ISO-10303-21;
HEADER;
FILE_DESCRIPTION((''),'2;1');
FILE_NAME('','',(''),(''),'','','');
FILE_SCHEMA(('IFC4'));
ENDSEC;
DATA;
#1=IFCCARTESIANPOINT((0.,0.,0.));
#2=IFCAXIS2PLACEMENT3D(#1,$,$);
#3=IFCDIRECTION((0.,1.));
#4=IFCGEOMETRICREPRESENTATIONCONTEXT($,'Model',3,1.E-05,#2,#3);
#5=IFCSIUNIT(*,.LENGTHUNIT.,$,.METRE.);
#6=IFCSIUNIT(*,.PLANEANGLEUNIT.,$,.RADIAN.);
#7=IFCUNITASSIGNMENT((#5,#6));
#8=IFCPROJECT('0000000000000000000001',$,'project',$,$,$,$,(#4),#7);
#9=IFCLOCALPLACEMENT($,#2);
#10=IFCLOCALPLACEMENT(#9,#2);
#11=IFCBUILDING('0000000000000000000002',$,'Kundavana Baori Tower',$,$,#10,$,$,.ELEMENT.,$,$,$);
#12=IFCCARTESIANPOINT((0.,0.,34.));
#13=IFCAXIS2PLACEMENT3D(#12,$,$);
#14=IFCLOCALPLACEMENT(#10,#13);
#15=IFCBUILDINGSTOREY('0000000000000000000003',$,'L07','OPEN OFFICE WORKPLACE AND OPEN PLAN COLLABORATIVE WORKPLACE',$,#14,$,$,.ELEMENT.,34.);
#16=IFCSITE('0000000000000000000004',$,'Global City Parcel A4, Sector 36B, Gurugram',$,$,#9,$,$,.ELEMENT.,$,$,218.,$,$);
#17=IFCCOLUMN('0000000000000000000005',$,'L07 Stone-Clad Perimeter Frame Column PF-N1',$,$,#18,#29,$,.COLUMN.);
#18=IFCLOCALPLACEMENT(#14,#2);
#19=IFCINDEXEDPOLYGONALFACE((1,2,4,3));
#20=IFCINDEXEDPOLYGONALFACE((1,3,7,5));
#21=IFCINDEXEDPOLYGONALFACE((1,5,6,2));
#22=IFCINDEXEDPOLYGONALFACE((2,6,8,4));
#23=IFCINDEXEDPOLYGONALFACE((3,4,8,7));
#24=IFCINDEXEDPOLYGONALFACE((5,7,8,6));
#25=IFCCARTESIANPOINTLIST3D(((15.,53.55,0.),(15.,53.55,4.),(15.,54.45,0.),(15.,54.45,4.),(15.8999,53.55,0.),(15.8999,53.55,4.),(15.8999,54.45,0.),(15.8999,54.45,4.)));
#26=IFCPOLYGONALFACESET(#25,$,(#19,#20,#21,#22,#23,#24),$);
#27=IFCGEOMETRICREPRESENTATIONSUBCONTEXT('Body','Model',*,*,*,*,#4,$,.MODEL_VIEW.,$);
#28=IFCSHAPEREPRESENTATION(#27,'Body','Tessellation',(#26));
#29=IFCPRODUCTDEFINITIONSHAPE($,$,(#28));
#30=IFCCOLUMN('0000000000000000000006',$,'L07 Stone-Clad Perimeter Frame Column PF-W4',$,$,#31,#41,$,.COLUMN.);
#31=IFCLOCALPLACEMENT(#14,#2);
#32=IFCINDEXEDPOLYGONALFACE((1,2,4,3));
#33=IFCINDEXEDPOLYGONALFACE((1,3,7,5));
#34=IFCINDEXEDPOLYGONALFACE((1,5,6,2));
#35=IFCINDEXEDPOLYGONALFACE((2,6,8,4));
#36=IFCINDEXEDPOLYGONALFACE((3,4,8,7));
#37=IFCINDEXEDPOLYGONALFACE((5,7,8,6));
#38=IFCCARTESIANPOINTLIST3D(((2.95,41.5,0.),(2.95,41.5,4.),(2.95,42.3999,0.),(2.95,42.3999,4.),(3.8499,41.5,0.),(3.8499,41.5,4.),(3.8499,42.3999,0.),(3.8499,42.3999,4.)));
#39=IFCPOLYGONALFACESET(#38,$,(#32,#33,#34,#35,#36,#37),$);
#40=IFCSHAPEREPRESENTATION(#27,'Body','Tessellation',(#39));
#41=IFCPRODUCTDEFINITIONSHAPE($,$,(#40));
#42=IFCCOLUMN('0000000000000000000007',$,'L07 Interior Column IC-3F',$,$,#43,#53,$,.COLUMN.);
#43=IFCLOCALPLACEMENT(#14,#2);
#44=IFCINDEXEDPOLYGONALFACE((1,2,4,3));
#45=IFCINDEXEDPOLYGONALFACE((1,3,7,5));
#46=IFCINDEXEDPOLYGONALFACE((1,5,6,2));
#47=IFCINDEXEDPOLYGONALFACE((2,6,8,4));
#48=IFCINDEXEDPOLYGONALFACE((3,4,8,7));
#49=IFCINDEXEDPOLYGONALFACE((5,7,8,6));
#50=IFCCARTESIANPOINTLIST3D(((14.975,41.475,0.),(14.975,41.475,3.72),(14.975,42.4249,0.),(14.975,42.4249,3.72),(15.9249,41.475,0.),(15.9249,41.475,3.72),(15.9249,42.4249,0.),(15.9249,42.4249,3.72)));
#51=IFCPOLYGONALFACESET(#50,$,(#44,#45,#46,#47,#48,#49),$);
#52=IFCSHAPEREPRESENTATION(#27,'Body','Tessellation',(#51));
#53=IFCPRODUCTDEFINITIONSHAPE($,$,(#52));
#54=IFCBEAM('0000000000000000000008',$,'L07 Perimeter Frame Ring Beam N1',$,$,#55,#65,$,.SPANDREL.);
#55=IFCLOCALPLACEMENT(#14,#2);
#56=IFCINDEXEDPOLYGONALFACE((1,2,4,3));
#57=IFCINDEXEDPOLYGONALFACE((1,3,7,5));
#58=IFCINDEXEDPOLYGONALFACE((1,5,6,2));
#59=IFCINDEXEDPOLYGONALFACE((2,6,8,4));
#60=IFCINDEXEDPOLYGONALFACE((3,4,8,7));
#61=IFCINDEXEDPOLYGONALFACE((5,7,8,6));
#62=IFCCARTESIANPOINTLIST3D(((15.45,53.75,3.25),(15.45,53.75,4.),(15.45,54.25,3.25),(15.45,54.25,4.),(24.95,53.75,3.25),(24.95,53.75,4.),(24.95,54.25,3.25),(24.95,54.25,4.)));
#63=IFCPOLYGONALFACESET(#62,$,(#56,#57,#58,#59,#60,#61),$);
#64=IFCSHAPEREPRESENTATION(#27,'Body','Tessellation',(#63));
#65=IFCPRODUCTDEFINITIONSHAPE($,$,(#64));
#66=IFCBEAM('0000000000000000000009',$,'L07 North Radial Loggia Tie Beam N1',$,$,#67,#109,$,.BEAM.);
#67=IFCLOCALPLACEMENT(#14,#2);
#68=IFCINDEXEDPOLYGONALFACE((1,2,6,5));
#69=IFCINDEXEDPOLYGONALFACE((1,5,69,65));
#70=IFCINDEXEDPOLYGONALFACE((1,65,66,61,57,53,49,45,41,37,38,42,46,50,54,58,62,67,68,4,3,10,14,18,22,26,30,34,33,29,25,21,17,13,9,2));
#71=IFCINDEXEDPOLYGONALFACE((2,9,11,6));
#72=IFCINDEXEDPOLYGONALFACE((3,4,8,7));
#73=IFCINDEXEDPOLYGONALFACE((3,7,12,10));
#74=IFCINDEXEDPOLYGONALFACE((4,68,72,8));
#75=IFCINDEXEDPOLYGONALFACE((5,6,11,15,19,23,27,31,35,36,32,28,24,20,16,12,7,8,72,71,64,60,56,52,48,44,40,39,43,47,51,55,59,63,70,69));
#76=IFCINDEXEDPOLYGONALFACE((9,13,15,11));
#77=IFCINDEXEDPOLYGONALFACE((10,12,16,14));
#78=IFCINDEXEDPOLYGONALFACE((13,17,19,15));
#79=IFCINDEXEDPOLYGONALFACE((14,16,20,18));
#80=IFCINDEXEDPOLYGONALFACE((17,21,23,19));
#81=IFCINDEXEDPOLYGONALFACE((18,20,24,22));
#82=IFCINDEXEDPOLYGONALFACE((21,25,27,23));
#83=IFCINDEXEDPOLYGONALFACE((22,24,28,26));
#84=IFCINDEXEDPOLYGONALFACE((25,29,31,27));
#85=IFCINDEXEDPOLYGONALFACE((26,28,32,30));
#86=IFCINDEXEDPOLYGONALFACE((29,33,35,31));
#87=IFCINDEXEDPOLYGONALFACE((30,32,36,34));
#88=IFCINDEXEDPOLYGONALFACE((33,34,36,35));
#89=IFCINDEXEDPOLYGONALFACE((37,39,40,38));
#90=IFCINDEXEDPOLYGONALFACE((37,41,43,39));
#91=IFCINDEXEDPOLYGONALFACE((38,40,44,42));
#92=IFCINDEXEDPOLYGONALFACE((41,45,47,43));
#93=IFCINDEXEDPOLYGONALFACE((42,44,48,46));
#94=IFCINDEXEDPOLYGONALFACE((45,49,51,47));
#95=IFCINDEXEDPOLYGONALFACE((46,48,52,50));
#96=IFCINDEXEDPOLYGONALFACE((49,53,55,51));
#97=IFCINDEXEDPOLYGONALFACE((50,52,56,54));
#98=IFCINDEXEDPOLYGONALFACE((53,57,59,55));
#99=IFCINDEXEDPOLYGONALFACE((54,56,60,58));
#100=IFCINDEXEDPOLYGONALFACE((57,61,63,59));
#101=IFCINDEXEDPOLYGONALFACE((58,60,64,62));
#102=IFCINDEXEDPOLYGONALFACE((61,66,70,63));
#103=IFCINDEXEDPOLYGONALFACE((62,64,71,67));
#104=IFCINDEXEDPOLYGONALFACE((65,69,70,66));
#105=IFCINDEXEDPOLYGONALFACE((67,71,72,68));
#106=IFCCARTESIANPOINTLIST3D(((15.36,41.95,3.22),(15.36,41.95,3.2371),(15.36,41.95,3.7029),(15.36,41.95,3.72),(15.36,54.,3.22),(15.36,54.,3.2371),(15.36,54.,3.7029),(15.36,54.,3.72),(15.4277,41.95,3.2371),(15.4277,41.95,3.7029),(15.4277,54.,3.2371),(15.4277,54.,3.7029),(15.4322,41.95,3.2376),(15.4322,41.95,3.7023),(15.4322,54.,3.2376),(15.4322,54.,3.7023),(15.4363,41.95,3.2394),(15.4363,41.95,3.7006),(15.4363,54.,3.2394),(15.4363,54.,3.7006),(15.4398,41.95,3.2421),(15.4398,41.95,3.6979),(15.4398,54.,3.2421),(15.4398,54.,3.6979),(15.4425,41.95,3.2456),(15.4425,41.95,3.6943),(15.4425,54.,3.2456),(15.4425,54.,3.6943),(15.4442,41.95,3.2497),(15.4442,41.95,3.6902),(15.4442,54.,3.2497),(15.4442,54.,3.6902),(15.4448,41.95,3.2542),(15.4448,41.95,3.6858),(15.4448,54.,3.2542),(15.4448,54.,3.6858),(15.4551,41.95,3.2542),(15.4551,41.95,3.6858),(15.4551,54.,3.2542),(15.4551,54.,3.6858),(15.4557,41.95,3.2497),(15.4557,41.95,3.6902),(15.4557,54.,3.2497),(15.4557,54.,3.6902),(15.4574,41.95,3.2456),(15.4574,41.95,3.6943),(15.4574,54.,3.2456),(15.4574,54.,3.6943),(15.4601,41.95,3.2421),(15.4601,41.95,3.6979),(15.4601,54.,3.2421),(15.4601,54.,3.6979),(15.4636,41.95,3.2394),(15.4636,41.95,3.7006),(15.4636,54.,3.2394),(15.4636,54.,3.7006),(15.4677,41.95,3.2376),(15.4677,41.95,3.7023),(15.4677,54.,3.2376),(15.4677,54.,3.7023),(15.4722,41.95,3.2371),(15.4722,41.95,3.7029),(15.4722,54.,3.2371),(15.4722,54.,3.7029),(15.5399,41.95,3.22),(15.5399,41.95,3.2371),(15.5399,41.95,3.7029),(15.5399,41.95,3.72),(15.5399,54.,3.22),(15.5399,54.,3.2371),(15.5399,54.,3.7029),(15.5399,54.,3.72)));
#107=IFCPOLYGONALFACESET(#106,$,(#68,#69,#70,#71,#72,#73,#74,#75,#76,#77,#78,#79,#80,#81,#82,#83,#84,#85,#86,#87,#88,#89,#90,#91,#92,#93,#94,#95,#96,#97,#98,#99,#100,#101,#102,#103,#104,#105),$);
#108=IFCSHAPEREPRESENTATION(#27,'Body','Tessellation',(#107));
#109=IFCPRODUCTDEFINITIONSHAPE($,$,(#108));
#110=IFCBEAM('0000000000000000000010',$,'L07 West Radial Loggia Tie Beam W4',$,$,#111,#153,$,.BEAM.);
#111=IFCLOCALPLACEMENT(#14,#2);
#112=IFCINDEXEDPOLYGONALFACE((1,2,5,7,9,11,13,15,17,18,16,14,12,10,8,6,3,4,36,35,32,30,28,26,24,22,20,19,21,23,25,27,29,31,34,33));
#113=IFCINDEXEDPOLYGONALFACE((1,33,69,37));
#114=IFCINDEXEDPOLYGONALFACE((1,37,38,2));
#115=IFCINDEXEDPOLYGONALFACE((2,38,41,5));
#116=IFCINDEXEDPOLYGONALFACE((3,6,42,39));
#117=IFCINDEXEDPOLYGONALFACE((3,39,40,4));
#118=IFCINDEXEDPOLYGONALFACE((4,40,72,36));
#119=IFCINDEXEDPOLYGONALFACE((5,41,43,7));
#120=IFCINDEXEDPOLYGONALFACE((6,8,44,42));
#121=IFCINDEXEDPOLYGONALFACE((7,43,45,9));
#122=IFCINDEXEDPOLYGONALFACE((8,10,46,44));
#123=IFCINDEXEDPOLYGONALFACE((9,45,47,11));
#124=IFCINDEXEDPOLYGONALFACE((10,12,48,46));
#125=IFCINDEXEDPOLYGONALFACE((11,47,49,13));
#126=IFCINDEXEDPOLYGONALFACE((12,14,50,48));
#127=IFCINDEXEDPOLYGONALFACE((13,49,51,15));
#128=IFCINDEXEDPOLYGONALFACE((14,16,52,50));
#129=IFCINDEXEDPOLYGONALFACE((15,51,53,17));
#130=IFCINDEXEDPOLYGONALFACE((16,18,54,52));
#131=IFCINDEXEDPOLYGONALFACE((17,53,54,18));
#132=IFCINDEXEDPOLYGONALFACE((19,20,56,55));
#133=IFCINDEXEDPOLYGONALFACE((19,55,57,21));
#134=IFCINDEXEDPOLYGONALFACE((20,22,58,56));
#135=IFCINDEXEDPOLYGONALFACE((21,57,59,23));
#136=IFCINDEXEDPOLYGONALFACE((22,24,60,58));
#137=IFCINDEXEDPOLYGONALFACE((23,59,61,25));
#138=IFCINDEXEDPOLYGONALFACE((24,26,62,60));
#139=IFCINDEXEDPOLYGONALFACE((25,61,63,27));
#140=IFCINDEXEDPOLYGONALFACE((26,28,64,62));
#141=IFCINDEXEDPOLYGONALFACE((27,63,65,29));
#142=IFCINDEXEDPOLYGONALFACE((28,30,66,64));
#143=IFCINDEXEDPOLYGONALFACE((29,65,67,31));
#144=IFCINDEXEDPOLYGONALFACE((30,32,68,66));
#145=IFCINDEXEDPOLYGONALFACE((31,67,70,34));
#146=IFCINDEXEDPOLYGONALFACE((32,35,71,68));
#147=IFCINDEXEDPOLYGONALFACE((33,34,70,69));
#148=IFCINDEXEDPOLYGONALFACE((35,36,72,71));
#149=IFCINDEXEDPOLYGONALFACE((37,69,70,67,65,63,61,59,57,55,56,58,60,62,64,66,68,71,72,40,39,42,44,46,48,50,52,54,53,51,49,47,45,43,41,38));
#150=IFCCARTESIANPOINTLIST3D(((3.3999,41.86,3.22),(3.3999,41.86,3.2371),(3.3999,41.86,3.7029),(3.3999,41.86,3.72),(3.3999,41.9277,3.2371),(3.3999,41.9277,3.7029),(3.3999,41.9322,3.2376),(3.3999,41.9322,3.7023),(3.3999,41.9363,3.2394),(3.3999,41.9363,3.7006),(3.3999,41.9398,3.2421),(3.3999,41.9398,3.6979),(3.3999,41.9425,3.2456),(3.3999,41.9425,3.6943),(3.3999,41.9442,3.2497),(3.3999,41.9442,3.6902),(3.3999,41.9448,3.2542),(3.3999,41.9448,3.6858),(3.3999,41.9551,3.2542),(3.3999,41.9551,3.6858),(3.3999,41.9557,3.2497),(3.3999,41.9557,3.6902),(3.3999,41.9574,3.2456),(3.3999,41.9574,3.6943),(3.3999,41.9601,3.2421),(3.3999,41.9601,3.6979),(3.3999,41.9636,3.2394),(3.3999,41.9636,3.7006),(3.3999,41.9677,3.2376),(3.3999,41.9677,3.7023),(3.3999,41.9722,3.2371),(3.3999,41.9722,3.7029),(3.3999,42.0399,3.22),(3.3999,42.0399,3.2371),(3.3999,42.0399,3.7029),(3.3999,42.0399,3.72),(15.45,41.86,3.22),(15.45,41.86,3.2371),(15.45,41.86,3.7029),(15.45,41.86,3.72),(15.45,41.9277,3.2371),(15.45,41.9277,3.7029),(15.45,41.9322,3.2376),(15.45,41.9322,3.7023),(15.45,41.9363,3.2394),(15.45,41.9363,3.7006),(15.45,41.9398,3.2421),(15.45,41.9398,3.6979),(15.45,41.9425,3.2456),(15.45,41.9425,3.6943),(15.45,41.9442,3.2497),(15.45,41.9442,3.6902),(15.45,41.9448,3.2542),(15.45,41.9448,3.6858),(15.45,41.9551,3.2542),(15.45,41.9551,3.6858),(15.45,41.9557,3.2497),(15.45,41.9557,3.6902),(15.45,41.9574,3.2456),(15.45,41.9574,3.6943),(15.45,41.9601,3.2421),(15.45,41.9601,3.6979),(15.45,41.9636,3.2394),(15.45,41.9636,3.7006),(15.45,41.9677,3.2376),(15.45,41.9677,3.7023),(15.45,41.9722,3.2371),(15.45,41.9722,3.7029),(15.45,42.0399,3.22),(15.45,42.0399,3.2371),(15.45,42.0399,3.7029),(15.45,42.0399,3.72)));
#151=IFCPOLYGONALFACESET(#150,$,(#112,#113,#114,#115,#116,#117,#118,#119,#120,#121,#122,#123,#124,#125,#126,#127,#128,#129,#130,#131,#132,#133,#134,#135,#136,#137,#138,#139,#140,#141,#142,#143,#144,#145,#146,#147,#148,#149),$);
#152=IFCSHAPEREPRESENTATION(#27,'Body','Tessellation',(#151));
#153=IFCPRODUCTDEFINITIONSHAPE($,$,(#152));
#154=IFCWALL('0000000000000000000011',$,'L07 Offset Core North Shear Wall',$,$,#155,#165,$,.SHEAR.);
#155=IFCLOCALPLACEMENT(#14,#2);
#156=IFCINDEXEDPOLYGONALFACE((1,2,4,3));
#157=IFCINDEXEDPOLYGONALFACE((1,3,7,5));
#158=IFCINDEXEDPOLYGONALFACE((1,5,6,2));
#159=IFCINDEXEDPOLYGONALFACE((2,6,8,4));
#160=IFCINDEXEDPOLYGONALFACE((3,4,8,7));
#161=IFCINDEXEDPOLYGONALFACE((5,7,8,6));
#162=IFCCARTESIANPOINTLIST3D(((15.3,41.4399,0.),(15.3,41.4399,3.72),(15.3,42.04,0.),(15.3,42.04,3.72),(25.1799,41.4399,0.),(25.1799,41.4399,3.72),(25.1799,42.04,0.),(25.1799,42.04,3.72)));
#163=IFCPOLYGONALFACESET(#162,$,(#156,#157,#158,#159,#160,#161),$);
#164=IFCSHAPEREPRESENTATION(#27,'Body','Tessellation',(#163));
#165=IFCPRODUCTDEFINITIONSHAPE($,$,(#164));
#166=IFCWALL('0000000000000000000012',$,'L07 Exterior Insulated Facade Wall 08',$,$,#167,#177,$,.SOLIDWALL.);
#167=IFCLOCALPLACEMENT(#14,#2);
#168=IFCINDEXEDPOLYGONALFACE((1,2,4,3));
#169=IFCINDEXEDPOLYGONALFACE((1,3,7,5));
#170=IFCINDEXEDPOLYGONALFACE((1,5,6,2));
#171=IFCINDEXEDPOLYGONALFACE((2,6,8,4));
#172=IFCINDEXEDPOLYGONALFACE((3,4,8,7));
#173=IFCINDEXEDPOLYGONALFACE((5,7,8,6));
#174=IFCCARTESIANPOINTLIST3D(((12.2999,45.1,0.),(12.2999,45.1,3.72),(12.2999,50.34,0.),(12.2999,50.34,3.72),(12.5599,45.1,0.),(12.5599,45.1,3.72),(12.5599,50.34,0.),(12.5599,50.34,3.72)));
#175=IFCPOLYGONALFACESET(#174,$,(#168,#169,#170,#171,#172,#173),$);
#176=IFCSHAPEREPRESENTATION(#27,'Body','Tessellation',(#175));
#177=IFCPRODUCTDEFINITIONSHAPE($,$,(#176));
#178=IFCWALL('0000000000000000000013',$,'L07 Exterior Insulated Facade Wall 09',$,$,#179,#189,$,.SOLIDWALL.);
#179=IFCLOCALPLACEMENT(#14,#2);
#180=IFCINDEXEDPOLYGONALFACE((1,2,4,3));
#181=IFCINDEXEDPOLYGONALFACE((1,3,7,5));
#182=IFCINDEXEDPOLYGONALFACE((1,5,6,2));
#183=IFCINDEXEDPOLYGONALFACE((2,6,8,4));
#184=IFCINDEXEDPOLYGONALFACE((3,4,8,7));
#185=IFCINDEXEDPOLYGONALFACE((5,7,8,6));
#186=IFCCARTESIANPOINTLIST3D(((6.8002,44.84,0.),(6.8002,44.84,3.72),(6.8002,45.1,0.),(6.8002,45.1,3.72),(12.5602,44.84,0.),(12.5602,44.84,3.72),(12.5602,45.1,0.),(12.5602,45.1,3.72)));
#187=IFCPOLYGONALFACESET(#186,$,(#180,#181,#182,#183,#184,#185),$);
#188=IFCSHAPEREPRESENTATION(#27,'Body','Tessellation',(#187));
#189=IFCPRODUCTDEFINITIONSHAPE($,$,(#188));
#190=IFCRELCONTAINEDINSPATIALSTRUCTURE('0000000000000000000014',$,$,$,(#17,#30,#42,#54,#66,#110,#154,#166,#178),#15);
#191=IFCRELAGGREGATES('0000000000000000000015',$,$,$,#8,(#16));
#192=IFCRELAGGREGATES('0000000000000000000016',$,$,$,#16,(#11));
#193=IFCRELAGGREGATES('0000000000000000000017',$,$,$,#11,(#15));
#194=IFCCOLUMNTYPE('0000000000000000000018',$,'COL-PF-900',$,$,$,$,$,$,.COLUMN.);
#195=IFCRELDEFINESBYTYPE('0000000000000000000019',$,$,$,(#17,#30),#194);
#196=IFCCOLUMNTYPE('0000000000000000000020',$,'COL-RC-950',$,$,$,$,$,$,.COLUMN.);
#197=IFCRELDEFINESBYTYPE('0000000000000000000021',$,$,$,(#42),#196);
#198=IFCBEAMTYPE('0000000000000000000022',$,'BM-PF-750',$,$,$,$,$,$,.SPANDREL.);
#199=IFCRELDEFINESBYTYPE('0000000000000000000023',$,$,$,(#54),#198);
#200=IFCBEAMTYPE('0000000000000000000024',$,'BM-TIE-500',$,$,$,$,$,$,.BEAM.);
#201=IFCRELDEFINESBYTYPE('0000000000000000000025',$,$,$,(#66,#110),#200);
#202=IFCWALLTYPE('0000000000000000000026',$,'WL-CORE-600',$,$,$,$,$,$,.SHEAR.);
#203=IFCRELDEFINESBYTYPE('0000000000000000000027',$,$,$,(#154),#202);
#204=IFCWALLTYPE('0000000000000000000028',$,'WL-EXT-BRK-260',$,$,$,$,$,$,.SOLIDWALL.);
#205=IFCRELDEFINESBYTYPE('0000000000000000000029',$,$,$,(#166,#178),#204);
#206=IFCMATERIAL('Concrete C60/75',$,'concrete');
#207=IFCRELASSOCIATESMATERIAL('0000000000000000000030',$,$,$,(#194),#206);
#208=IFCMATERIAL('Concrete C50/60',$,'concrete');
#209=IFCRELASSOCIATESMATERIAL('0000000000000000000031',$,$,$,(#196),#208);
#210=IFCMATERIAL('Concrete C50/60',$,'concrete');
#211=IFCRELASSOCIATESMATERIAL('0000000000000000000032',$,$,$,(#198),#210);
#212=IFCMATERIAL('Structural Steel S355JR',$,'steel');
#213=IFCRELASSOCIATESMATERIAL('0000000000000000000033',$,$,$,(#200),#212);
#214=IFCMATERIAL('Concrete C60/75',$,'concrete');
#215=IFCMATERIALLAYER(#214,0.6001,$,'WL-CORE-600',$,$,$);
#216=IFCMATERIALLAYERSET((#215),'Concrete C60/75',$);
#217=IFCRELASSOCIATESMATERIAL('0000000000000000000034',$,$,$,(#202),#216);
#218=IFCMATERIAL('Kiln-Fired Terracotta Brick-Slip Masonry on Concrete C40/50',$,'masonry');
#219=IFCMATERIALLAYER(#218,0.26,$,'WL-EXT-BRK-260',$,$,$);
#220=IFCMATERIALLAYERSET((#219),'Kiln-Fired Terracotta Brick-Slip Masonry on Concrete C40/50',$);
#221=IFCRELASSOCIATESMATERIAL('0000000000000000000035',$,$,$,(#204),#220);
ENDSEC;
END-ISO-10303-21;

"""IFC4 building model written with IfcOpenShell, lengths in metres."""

from ifc_helpers import new_model, si_unit, direction, frame, frame_2d, origin, origin_2d, place, context, subcontext, project, spatial, rectangle, i_section, extrude, material, layer, layer_set, material_profile, profile_set, type_object, element, save


model = new_model("IFC4")

# Units and contexts
model_context = context("Model", 3, precision=1e-05, world=origin(), true_north=direction((0.0, 1.0)))
body_context = subcontext(model_context, "Body", "Model", "MODEL_VIEW")
ifc_project = project(units=[si_unit("LENGTHUNIT", "METRE"), si_unit("PLANEANGLEUNIT", "RADIAN")], contexts=[model_context])

# Site, building, storey
site_placement = place(None, origin())
site = spatial("IfcSite", under=ifc_project, at=site_placement, Name="Global City Parcel A4, Sector 36B, Gurugram", CompositionType="ELEMENT", RefElevation=218.0)
building_placement = place(site_placement, origin())
building = spatial("IfcBuilding", under=site, at=building_placement, Name="Kundavana Baori Tower", CompositionType="ELEMENT")
storey_placement = place(building_placement, frame((0.0, 0.0, 34.0)))
storey = spatial("IfcBuildingStorey", under=building, at=storey_placement, Name="L07", Description="OPEN OFFICE WORKPLACE AND OPEN PLAN COLLABORATIVE WORKPLACE", CompositionType="ELEMENT", Elevation=34.0)

# Columns
ifc_material_1 = material(Name="Concrete C60/75", Category="concrete")
ifc_material_profile_1 = material_profile(ifc_material_1, rectangle(XDim=0.8999, YDim=0.8999, at=origin_2d()), Name="RC PF 900x900")
ifc_profile_set_1 = profile_set([ifc_material_profile_1], Name="Concrete C60/75")
column_type_1 = type_object("IfcColumnType", Name="COL-PF-900", PredefinedType="COLUMN", material=ifc_profile_set_1)
for number, where, z_axis, x_axis, name in (
    (1, (15.45, 54.0, 0.0), (0.0, 0.0, 1.0), (1.0, 0.0, 0.0), "L07 Stone-Clad Perimeter Frame Column PF-N1"),
    (2, (3.3999, 41.95, 0.0), (0.0, 0.0, 1.0), (1.0, 0.0, 0.0), "L07 Stone-Clad Perimeter Frame Column PF-W4"),
):
    element("IfcColumn", number, at=place(storey_placement, frame(where, z_axis=z_axis, x_axis=x_axis)), inside=storey, type_object=column_type_1, Name=name, PredefinedType="COLUMN", context=body_context, shape_type="SweptSolid", body=[
        extrude(rectangle(XDim=0.8999, YDim=0.8999, at=origin_2d()), origin(), (0.0, 0.0, 1.0), 4.0),
    ])
ifc_material_2 = material(Name="Concrete C50/60", Category="concrete")
ifc_material_profile_2 = material_profile(ifc_material_2, rectangle(XDim=0.95, YDim=0.95, at=origin_2d()), Name="RC 950x950")
ifc_profile_set_2 = profile_set([ifc_material_profile_2], Name="Concrete C50/60")
column_type_2 = type_object("IfcColumnType", Name="COL-RC-950", PredefinedType="COLUMN", material=ifc_profile_set_2)
column_placement = place(storey_placement, frame((15.45, 41.95, 0.0), z_axis=(0.0, 0.0, 1.0), x_axis=(1.0, 0.0, 0.0)))
element("IfcColumn", 3, at=column_placement, inside=storey, type_object=column_type_2, Name="L07 Interior Column IC-3F", PredefinedType="COLUMN", context=body_context, shape_type="SweptSolid", body=[
    extrude(rectangle(XDim=0.95, YDim=0.95, at=origin_2d()), origin(), (0.0, 0.0, 1.0), 3.72),
])

# Beams
ifc_material_3 = material(Name="Concrete C50/60", Category="concrete")
ifc_material_profile_3 = material_profile(ifc_material_3, rectangle(XDim=0.5, YDim=0.75, at=origin_2d()), Name="RC BM 500x750")
ifc_profile_set_3 = profile_set([ifc_material_profile_3], Name="Concrete C50/60")
beam_type_1 = type_object("IfcBeamType", Name="BM-PF-750", PredefinedType="SPANDREL", material=ifc_profile_set_3)
beam_placement = place(storey_placement, frame((15.45, 54.0, 3.625), z_axis=(1.0, 0.0, 0.0), x_axis=(0.0, 1.0, 0.0)))
element("IfcBeam", 4, at=beam_placement, inside=storey, type_object=beam_type_1, Name="L07 Perimeter Frame Ring Beam N1", PredefinedType="SPANDREL", context=body_context, shape_type="SweptSolid", body=[
    extrude(rectangle(XDim=0.5, YDim=0.75, at=origin_2d()), origin(), (0.0, 0.0, 1.0), 9.5),
])
ifc_material_4 = material(Name="Structural Steel S355JR", Category="steel")
ifc_material_profile_4 = material_profile(ifc_material_4, i_section(OverallWidth=0.1799, OverallDepth=0.5, WebThickness=0.0103, FlangeThickness=0.0171, FilletRadius=0.0171, at=origin_2d()), Name="ISMB 500")
ifc_profile_set_4 = profile_set([ifc_material_profile_4], Name="Structural Steel S355JR")
beam_type_2 = type_object("IfcBeamType", Name="BM-TIE-500", PredefinedType="BEAM", material=ifc_profile_set_4)
for number, where, z_axis, x_axis, name in (
    (5, (15.45, 41.95, 3.47), (0.0, 1.0, 0.0), (-1.0, 0.0, 0.0), "L07 North Radial Loggia Tie Beam N1"),
    (6, (15.45, 41.95, 3.47), (-1.0, 0.0, 0.0), (0.0, -1.0, 0.0), "L07 West Radial Loggia Tie Beam W4"),
):
    element("IfcBeam", number, at=place(storey_placement, frame(where, z_axis=z_axis, x_axis=x_axis)), inside=storey, type_object=beam_type_2, Name=name, PredefinedType="BEAM", context=body_context, shape_type="SweptSolid", body=[
        extrude(i_section(OverallWidth=0.1799, OverallDepth=0.5, WebThickness=0.0103, FlangeThickness=0.0171, FilletRadius=0.0171, at=origin_2d()), origin(), (0.0, 0.0, 1.0), 12.05),
    ])

# Walls
ifc_material_5 = material(Name="Concrete C60/75", Category="concrete")
ifc_layer_1 = layer(ifc_material_5, 0.6001, Name="WL-CORE-600")
ifc_layer_set_1 = layer_set([ifc_layer_1], Name="Concrete C60/75")
wall_type_1 = type_object("IfcWallType", Name="WL-CORE-600", PredefinedType="SHEAR", material=ifc_layer_set_1)
wall_1_placement = place(storey_placement, frame((15.3, 41.74, 0.0), z_axis=(0.0, 0.0, 1.0), x_axis=(1.0, 0.0, 0.0)))
element("IfcWall", 7, at=wall_1_placement, inside=storey, type_object=wall_type_1, Name="L07 Offset Core North Shear Wall", PredefinedType="SHEAR", context=body_context, shape_type="SweptSolid", body=[
    extrude(rectangle(XDim=9.8799, YDim=0.6001, at=frame_2d((4.9399, 0.0))), origin(), (0.0, 0.0, 1.0), 3.72),
])
ifc_material_6 = material(Name="Kiln-Fired Terracotta Brick-Slip Masonry on Concrete C40/50", Category="masonry")
ifc_layer_2 = layer(ifc_material_6, 0.26, Name="WL-EXT-BRK-260")
ifc_layer_set_2 = layer_set([ifc_layer_2], Name="Kiln-Fired Terracotta Brick-Slip Masonry on Concrete C40/50")
wall_type_2 = type_object("IfcWallType", Name="WL-EXT-BRK-260", PredefinedType="SOLIDWALL", material=ifc_layer_set_2)
wall_2_placement = place(storey_placement, frame((12.4299, 50.3401, 0.0), z_axis=(0.0, 0.0, 1.0), x_axis=(0.0, -1.0, 0.0)))
element("IfcWall", 8, at=wall_2_placement, inside=storey, type_object=wall_type_2, Name="L07 Exterior Insulated Facade Wall 08", PredefinedType="SOLIDWALL", context=body_context, shape_type="SweptSolid", body=[
    extrude(rectangle(XDim=5.24, YDim=0.26, at=frame_2d((2.6201, 0.0))), origin(), (0.0, 0.0, 1.0), 3.72),
])
wall_3_placement = place(storey_placement, frame((12.5601, 44.97, 0.0), z_axis=(0.0, 0.0, 1.0), x_axis=(-1.0, 0.0, 0.0)))
element("IfcWall", 9, at=wall_3_placement, inside=storey, type_object=wall_type_2, Name="L07 Exterior Insulated Facade Wall 09", PredefinedType="SOLIDWALL", context=body_context, shape_type="SweptSolid", body=[
    extrude(rectangle(XDim=5.76, YDim=0.26, at=frame_2d((2.8799, 0.0))), origin(), (0.0, 0.0, 1.0), 3.72),
])

save(model, "model.ifc")
